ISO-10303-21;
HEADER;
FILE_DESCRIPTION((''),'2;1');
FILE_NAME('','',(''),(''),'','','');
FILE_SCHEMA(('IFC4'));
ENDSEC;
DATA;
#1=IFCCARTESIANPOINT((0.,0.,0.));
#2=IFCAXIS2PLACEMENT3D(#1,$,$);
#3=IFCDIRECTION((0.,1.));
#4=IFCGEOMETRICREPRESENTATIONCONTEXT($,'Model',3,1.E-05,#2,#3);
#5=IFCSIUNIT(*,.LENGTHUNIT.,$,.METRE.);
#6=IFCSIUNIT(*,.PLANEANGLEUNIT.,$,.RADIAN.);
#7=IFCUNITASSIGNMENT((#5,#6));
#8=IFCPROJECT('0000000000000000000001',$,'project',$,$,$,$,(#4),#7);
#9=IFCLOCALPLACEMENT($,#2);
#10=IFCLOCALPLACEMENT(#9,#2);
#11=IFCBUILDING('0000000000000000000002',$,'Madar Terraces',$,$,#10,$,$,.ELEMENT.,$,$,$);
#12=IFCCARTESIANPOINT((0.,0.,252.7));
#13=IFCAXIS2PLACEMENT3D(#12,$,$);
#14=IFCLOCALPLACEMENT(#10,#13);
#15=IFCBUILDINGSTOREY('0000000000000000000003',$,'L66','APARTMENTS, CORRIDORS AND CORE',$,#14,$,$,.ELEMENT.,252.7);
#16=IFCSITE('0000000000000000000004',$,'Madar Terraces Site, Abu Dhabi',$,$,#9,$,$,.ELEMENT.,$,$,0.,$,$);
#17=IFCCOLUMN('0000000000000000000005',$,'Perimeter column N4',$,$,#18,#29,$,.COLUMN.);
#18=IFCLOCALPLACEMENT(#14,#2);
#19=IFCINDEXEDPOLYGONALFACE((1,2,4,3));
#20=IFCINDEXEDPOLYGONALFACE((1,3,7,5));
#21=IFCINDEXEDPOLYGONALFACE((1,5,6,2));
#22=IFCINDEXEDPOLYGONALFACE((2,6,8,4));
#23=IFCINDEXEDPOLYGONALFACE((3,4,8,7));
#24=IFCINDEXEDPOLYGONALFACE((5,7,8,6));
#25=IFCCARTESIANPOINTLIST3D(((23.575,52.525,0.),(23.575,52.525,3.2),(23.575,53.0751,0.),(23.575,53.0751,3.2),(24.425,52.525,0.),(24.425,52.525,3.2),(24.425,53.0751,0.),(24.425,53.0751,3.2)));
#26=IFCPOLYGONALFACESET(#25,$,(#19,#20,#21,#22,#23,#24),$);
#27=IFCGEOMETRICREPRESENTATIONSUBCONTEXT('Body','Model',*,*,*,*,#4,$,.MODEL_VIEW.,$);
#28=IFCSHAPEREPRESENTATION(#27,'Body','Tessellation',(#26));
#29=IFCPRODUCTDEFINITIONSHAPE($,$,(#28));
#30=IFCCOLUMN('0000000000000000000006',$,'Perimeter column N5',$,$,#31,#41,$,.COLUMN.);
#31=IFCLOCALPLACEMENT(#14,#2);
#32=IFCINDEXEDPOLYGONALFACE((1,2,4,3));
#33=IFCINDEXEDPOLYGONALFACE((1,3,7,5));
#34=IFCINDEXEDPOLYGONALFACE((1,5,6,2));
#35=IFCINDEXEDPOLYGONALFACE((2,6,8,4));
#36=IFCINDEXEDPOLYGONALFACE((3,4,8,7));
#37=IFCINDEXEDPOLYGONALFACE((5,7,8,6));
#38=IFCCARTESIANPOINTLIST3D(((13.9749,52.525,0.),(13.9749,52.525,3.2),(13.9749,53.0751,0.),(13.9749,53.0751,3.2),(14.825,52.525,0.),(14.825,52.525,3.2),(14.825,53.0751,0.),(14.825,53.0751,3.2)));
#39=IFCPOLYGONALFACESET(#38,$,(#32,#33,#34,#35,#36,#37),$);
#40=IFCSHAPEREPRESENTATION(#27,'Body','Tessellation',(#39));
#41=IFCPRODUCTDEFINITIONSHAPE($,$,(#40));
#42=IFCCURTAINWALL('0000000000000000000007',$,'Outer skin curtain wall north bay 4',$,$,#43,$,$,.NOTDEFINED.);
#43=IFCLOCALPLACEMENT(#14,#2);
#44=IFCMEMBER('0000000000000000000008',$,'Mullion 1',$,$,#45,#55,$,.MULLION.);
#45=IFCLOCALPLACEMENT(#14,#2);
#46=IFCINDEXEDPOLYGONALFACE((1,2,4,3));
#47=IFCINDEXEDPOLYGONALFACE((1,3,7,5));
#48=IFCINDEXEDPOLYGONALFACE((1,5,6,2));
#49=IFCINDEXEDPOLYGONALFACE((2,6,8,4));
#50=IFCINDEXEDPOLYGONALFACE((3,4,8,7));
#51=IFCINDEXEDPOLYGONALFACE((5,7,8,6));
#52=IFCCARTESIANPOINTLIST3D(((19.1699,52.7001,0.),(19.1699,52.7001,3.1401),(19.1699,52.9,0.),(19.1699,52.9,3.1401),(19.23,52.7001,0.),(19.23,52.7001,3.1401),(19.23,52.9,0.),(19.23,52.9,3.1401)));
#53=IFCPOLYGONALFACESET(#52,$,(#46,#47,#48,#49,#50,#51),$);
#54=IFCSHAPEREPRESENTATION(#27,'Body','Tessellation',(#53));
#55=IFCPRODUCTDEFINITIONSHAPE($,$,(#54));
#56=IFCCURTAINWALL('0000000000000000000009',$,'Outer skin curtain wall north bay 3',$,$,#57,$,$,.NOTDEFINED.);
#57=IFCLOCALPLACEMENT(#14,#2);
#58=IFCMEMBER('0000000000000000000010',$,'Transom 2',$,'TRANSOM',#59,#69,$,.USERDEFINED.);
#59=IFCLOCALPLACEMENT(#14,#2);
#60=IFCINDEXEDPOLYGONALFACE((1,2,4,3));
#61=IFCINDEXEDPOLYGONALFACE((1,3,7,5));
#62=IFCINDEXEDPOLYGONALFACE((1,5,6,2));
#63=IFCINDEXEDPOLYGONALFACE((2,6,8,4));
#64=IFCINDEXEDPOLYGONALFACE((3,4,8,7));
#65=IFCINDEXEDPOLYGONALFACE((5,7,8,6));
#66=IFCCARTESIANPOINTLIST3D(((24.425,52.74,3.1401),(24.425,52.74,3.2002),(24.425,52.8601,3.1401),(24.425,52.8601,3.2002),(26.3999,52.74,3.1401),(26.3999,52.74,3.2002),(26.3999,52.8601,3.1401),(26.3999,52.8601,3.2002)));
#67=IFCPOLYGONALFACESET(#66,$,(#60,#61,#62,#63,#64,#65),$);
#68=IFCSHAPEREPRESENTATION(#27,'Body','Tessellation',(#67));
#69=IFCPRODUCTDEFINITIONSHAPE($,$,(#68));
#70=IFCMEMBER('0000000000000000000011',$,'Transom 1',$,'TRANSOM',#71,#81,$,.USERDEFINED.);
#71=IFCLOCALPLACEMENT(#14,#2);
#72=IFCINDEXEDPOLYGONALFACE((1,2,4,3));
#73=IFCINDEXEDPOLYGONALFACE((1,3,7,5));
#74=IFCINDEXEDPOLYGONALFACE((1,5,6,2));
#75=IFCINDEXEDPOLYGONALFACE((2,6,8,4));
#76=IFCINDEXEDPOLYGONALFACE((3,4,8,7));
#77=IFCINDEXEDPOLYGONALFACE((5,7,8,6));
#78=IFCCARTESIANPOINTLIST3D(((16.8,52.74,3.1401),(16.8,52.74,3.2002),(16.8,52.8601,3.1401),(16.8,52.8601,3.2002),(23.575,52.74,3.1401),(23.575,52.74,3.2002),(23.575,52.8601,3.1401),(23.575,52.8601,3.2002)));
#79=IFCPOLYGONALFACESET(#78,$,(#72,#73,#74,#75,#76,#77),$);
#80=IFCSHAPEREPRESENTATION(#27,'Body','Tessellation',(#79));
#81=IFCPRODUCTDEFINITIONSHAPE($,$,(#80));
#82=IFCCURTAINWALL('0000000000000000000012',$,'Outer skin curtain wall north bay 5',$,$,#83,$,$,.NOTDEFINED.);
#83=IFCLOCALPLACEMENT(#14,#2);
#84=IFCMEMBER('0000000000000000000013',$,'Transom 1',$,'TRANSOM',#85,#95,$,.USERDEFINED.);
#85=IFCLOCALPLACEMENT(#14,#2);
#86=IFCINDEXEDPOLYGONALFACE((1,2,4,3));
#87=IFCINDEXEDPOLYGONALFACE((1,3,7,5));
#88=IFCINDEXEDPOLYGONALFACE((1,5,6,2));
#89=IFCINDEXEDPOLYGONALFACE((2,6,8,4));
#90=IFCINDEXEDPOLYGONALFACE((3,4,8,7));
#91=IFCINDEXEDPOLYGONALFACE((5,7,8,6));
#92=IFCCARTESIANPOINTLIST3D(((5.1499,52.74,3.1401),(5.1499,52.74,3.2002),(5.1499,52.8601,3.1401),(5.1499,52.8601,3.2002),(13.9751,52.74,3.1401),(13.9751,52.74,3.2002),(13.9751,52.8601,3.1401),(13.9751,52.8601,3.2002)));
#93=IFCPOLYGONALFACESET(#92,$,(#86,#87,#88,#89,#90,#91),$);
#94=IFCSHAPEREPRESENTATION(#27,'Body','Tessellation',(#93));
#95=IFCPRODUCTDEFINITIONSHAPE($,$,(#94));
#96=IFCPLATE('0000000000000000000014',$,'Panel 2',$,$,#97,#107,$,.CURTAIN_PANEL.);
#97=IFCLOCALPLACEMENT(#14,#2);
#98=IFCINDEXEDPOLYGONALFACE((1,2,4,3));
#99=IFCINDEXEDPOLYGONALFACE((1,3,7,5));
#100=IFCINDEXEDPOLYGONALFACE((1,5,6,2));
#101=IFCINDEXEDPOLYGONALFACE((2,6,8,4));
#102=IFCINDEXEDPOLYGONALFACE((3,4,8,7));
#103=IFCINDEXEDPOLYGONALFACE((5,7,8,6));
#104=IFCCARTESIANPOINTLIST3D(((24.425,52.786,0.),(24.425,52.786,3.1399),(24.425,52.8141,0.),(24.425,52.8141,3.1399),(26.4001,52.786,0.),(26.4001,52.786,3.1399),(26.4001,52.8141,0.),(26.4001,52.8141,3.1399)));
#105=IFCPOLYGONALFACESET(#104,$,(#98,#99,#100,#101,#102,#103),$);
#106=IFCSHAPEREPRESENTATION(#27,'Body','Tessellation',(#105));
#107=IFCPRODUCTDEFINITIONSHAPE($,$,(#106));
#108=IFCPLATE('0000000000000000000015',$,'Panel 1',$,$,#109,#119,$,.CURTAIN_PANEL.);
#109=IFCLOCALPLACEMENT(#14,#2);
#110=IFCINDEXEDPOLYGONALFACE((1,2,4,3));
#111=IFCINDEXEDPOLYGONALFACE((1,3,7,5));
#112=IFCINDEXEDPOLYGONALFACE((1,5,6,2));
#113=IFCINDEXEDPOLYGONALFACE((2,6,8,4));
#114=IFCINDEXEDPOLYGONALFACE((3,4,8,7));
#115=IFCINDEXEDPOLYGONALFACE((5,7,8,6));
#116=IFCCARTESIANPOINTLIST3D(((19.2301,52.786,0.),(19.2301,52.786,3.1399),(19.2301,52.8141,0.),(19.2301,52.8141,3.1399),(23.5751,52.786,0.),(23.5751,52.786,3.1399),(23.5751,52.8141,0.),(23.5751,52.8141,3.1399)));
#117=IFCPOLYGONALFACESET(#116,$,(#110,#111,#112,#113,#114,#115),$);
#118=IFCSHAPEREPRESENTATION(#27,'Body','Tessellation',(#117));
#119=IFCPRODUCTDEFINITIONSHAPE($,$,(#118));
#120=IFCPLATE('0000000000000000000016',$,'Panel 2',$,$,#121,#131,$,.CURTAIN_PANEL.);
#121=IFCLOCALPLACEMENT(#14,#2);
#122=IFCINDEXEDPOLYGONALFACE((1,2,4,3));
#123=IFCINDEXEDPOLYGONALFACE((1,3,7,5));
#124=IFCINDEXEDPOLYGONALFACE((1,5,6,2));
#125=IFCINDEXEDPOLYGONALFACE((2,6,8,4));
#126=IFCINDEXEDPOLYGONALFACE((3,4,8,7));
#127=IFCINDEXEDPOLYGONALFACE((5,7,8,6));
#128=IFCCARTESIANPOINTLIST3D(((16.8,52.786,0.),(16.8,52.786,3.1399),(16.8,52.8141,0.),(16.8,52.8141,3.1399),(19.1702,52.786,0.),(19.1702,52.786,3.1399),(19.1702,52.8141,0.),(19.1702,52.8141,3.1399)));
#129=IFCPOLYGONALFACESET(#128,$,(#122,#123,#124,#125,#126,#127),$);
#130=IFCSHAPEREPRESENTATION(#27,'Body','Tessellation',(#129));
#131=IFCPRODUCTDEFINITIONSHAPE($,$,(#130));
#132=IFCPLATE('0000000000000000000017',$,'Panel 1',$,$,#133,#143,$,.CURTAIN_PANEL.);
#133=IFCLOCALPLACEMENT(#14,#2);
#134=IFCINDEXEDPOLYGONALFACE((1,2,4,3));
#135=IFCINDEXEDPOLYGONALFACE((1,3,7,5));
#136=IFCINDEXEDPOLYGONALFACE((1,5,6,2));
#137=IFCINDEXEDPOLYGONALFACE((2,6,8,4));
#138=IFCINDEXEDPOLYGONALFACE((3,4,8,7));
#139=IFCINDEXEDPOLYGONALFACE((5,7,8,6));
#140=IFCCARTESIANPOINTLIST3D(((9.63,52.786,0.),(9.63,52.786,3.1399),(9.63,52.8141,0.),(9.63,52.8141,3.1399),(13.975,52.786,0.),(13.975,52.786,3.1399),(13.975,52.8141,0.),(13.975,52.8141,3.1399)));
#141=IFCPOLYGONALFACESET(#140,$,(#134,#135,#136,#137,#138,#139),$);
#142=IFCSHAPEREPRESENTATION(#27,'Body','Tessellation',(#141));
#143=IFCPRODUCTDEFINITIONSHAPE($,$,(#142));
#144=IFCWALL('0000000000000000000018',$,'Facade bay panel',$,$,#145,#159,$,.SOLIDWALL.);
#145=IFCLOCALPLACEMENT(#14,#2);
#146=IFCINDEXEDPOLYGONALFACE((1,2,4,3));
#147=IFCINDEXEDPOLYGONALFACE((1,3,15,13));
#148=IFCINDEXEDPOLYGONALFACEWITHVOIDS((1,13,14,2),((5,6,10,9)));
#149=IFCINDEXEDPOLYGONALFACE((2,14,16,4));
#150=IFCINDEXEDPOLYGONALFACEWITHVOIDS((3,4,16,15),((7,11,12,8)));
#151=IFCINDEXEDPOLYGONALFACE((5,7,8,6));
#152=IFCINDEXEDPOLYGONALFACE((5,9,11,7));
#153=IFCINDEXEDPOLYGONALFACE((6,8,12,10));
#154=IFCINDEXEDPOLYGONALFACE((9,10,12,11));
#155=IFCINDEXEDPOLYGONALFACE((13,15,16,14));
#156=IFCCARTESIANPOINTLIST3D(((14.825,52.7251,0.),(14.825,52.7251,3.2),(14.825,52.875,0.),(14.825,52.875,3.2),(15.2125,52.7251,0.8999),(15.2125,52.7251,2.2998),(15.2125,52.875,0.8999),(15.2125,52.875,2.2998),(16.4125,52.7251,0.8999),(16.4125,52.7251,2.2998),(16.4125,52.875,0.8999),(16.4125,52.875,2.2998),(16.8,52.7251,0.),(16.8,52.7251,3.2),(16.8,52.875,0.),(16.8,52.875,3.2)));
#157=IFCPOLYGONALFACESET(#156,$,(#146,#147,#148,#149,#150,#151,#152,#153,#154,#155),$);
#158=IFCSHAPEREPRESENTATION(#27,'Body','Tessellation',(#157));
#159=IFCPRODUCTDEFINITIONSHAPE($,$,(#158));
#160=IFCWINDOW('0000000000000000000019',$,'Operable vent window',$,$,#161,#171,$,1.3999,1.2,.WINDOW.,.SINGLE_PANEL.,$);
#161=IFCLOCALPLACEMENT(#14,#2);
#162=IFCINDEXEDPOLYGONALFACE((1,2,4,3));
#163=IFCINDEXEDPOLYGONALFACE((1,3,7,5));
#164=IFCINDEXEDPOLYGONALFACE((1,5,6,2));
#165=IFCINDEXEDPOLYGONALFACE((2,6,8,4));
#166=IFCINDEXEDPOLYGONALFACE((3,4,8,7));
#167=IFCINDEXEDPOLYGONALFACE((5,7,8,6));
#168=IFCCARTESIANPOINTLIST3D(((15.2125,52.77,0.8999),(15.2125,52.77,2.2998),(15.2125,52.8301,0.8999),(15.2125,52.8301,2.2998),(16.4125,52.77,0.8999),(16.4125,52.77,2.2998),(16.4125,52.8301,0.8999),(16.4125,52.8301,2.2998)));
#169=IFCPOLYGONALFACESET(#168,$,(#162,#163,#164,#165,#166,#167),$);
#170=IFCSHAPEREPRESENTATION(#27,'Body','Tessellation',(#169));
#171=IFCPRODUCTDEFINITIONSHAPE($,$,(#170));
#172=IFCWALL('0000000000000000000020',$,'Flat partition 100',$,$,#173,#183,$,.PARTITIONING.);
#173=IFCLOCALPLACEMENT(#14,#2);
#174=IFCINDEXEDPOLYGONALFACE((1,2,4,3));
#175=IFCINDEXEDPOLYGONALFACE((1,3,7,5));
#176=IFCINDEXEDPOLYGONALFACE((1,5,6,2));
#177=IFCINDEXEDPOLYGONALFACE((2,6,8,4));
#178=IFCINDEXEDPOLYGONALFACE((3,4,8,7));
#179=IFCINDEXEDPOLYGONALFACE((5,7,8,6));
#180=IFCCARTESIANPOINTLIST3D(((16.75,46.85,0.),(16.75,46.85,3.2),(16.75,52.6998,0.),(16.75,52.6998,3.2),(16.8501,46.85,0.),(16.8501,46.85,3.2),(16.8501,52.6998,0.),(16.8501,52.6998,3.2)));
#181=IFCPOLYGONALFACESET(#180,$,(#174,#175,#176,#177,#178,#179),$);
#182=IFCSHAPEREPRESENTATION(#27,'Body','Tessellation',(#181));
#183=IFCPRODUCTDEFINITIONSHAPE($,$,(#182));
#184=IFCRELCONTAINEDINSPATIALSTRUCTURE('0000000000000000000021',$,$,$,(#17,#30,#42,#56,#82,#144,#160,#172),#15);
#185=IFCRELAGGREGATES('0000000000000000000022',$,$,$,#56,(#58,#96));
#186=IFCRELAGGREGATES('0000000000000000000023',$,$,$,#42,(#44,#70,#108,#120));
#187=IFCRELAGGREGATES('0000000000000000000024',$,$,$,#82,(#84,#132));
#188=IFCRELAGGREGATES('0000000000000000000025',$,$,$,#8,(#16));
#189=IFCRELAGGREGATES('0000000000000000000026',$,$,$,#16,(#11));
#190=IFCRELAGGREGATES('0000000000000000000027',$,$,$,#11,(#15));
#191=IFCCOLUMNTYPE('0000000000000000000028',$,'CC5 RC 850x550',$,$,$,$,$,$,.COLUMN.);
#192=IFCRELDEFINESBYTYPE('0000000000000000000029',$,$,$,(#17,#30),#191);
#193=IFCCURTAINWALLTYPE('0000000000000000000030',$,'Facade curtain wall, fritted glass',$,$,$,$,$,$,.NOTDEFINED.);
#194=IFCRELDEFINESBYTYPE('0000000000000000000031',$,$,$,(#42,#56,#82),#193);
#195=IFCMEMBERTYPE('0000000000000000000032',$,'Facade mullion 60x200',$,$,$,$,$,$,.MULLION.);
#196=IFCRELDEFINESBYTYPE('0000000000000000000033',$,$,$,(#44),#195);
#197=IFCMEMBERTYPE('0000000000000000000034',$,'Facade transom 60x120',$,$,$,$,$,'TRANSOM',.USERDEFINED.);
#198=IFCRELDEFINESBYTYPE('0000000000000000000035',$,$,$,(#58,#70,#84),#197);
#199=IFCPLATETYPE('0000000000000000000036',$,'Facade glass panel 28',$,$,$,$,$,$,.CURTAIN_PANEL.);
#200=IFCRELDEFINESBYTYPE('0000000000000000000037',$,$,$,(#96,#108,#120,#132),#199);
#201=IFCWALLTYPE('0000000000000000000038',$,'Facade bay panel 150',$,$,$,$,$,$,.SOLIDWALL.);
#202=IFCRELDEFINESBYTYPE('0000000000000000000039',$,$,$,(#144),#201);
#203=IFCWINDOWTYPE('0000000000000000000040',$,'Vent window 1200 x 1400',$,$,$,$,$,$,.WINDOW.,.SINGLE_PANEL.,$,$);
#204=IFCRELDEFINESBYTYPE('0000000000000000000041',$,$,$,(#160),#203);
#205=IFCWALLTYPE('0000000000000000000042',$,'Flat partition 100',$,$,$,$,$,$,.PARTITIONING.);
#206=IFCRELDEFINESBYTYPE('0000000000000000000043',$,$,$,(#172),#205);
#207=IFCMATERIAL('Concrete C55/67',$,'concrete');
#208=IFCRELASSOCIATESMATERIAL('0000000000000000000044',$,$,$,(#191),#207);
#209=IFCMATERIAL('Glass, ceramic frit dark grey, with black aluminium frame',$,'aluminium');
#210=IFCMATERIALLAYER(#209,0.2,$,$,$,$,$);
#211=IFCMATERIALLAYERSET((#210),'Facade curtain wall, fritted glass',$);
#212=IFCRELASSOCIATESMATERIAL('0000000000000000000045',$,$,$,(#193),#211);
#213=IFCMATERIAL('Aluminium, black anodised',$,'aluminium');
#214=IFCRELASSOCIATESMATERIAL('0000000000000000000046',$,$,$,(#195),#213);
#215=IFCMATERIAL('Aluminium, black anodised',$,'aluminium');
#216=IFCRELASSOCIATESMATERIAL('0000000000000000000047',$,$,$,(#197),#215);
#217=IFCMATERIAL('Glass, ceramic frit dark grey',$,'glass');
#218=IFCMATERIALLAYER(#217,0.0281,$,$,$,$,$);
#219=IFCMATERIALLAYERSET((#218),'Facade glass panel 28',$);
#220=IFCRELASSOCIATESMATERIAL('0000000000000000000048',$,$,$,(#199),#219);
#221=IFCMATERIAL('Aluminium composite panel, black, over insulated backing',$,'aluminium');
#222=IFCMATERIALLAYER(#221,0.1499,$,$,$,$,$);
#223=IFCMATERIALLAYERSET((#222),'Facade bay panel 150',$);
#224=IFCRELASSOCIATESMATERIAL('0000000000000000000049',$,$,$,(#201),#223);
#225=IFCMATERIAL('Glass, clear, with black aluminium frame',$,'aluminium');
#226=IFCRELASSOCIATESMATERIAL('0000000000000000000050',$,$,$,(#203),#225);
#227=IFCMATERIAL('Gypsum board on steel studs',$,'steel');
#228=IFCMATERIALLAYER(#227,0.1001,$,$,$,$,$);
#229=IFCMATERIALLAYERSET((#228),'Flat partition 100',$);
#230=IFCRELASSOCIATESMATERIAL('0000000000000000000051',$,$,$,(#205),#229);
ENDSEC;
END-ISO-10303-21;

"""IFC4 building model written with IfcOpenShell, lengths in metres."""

from ifc_helpers import new_model, si_unit, direction, frame, frame_2d, origin, origin_2d, place, context, subcontext, project, spatial, rectangle, extrude, material, layer, layer_set, material_profile, profile_set, type_object, element, fill, aggregate, save


model = new_model("IFC4")

# Units and contexts
model_context = context("Model", 3, precision=1e-05, world=origin(), true_north=direction((0.0, 1.0)))
body_context = subcontext(model_context, "Body", "Model", "MODEL_VIEW")
ifc_project = project(units=[si_unit("LENGTHUNIT", "METRE"), si_unit("PLANEANGLEUNIT", "RADIAN")], contexts=[model_context])

# Site, building, storey
site_placement = place(None, origin())
site = spatial("IfcSite", under=ifc_project, at=site_placement, Name="Madar Terraces Site, Abu Dhabi", CompositionType="ELEMENT", RefElevation=0.0)
building_placement = place(site_placement, origin())
building = spatial("IfcBuilding", under=site, at=building_placement, Name="Madar Terraces", CompositionType="ELEMENT")
storey_placement = place(building_placement, frame((0.0, 0.0, 252.7)))
storey = spatial("IfcBuildingStorey", under=building, at=storey_placement, Name="L66", Description="APARTMENTS, CORRIDORS AND CORE", CompositionType="ELEMENT", Elevation=252.7)

# Columns
ifc_material_1 = material(Name="Concrete C55/67", Category="concrete")
ifc_material_profile_1 = material_profile(ifc_material_1, rectangle(XDim=0.8501, YDim=0.55, at=origin_2d()), Name="CC5 RC 850x550")
ifc_profile_set_1 = profile_set([ifc_material_profile_1], Name="Concrete C55/67")
column_type = type_object("IfcColumnType", Name="CC5 RC 850x550", PredefinedType="COLUMN", material=ifc_profile_set_1)
for number, where, z_axis, x_axis, name in (
    (1, (24.0, 52.8, 0.0), (0.0, 0.0, 1.0), (1.0, 0.0, 0.0), "Perimeter column N4"),
    (2, (14.3999, 52.8, 0.0), (0.0, 0.0, 1.0), (1.0, 0.0, 0.0), "Perimeter column N5"),
):
    element("IfcColumn", number, at=place(storey_placement, frame(where, z_axis=z_axis, x_axis=x_axis)), inside=storey, type_object=column_type, Name=name, PredefinedType="COLUMN", context=body_context, shape_type="SweptSolid", body=[
        extrude(rectangle(XDim=0.8501, YDim=0.55, at=origin_2d()), origin(), (0.0, 0.0, 1.0), 3.2),
    ])

# Curtain walls, members
ifc_material_2 = material(Name="Glass, ceramic frit dark grey, with black aluminium frame", Category="aluminium")
ifc_layer_1 = layer(ifc_material_2, 0.2)
ifc_layer_set_1 = layer_set([ifc_layer_1], Name="Facade curtain wall, fritted glass")
curtain_wall_type = type_object("IfcCurtainWallType", Name="Facade curtain wall, fritted glass", PredefinedType="NOTDEFINED", material=ifc_layer_set_1)
curtain_wall_1_placement = place(storey_placement, origin())
curtain_wall_1 = element("IfcCurtainWall", 3, at=curtain_wall_1_placement, inside=storey, type_object=curtain_wall_type, Name="Outer skin curtain wall north bay 4", PredefinedType="NOTDEFINED")
ifc_material_3 = material(Name="Aluminium, black anodised", Category="aluminium")
ifc_material_profile_2 = material_profile(ifc_material_3, rectangle(XDim=0.2, YDim=0.0601, at=origin_2d()), Name="Facade mullion 60x200")
ifc_profile_set_2 = profile_set([ifc_material_profile_2], Name="Aluminium, black anodised")
member_type_1 = type_object("IfcMemberType", Name="Facade mullion 60x200", PredefinedType="MULLION", material=ifc_profile_set_2)
member_1_placement = place(storey_placement, frame((19.2, 52.8, 0.0), z_axis=(0.0, 0.0, 1.0), x_axis=(0.0, -1.0, 0.0)))
member_1 = element("IfcMember", 4, at=member_1_placement, type_object=member_type_1, Name="Mullion 1", PredefinedType="MULLION", context=body_context, shape_type="SweptSolid", body=[
    extrude(rectangle(XDim=0.2, YDim=0.0601, at=origin_2d()), origin(), (0.0, 0.0, 1.0), 3.1401),
])
curtain_wall_2_placement = place(storey_placement, origin())
curtain_wall_2 = element("IfcCurtainWall", 5, at=curtain_wall_2_placement, inside=storey, type_object=curtain_wall_type, Name="Outer skin curtain wall north bay 3", PredefinedType="NOTDEFINED")
ifc_material_4 = material(Name="Aluminium, black anodised", Category="aluminium")
ifc_material_profile_3 = material_profile(ifc_material_4, rectangle(XDim=0.1201, YDim=0.0601, at=origin_2d()), Name="Facade transom 60x120")
ifc_profile_set_3 = profile_set([ifc_material_profile_3], Name="Aluminium, black anodised")
member_type_2 = type_object("IfcMemberType", Name="Facade transom 60x120", ElementType="TRANSOM", PredefinedType="USERDEFINED", material=ifc_profile_set_3)
member_2_placement = place(storey_placement, frame((26.3999, 52.8, 3.1702), z_axis=(-1.0, 0.0, 0.0), x_axis=(0.0, -1.0, 0.0)))
member_2 = element("IfcMember", 6, at=member_2_placement, type_object=member_type_2, Name="Transom 2", ObjectType="TRANSOM", PredefinedType="USERDEFINED", context=body_context, shape_type="SweptSolid", body=[
    extrude(rectangle(XDim=0.1201, YDim=0.0601, at=origin_2d()), origin(), (0.0, 0.0, 1.0), 1.9749),
])

# Member
member_3_placement = place(storey_placement, frame((23.575, 52.8, 3.1702), z_axis=(-1.0, 0.0, 0.0), x_axis=(0.0, -1.0, 0.0)))
member_3 = element("IfcMember", 7, at=member_3_placement, type_object=member_type_2, Name="Transom 1", ObjectType="TRANSOM", PredefinedType="USERDEFINED", context=body_context, shape_type="SweptSolid", body=[
    extrude(rectangle(XDim=0.1201, YDim=0.0601, at=origin_2d()), origin(), (0.0, 0.0, 1.0), 6.7749),
])

# Curtain wall, member
curtain_wall_3_placement = place(storey_placement, origin())
curtain_wall_3 = element("IfcCurtainWall", 8, at=curtain_wall_3_placement, inside=storey, type_object=curtain_wall_type, Name="Outer skin curtain wall north bay 5", PredefinedType="NOTDEFINED")
member_4_placement = place(storey_placement, frame((13.9751, 52.8, 3.1702), z_axis=(-1.0, 0.0, 0.0), x_axis=(0.0, -1.0, 0.0)))
member_4 = element("IfcMember", 9, at=member_4_placement, type_object=member_type_2, Name="Transom 1", ObjectType="TRANSOM", PredefinedType="USERDEFINED", context=body_context, shape_type="SweptSolid", body=[
    extrude(rectangle(XDim=0.1201, YDim=0.0601, at=origin_2d()), origin(), (0.0, 0.0, 1.0), 8.8252),
])

# Plates
ifc_material_5 = material(Name="Glass, ceramic frit dark grey", Category="glass")
ifc_layer_2 = layer(ifc_material_5, 0.0281)
ifc_layer_set_2 = layer_set([ifc_layer_2], Name="Facade glass panel 28")
plate_type = type_object("IfcPlateType", Name="Facade glass panel 28", PredefinedType="CURTAIN_PANEL", material=ifc_layer_set_2)
plate_1_placement = place(storey_placement, frame((25.4126, 52.8, 0.0), z_axis=(0.0, 0.0, 1.0), x_axis=(-1.0, 0.0, 0.0)))
plate_1 = element("IfcPlate", 10, at=plate_1_placement, type_object=plate_type, Name="Panel 2", PredefinedType="CURTAIN_PANEL", context=body_context, shape_type="SweptSolid", body=[
    extrude(rectangle(XDim=1.9751, YDim=0.0281, at=origin_2d()), origin(), (0.0, 0.0, 1.0), 3.1399),
])
aggregate(curtain_wall_2, [member_2, plate_1])
plate_2_placement = place(storey_placement, frame((21.4026, 52.8, 0.0), z_axis=(0.0, 0.0, 1.0), x_axis=(-1.0, 0.0, 0.0)))
plate_2 = element("IfcPlate", 11, at=plate_2_placement, type_object=plate_type, Name="Panel 1", PredefinedType="CURTAIN_PANEL", context=body_context, shape_type="SweptSolid", body=[
    extrude(rectangle(XDim=4.345, YDim=0.0281, at=origin_2d()), origin(), (0.0, 0.0, 1.0), 3.1399),
])
plate_3_placement = place(storey_placement, frame((17.9851, 52.8, 0.0), z_axis=(0.0, 0.0, 1.0), x_axis=(-1.0, 0.0, 0.0)))
plate_3 = element("IfcPlate", 12, at=plate_3_placement, type_object=plate_type, Name="Panel 2", PredefinedType="CURTAIN_PANEL", context=body_context, shape_type="SweptSolid", body=[
    extrude(rectangle(XDim=2.3701, YDim=0.0281, at=origin_2d()), origin(), (0.0, 0.0, 1.0), 3.1399),
])
aggregate(curtain_wall_1, [member_1, member_3, plate_2, plate_3])
plate_4_placement = place(storey_placement, frame((11.8025, 52.8, 0.0), z_axis=(0.0, 0.0, 1.0), x_axis=(-1.0, 0.0, 0.0)))
plate_4 = element("IfcPlate", 13, at=plate_4_placement, type_object=plate_type, Name="Panel 1", PredefinedType="CURTAIN_PANEL", context=body_context, shape_type="SweptSolid", body=[
    extrude(rectangle(XDim=4.345, YDim=0.0281, at=origin_2d()), origin(), (0.0, 0.0, 1.0), 3.1399),
])
aggregate(curtain_wall_3, [member_4, plate_4])

# Shared definitions
ifc_material_6 = material(Name="Aluminium composite panel, black, over insulated backing", Category="aluminium")
ifc_layer_3 = layer(ifc_material_6, 0.1499)
ifc_layer_set_3 = layer_set([ifc_layer_3], Name="Facade bay panel 150")
wall_type_1 = type_object("IfcWallType", Name="Facade bay panel 150", PredefinedType="SOLIDWALL", material=ifc_layer_set_3)

# Wall, opening, window
wall_1_placement = place(storey_placement, frame((16.8, 52.8, 0.0), z_axis=(0.0, 0.0, 1.0), x_axis=(-1.0, 0.0, 0.0)))
wall_1 = element("IfcWall", 14, at=wall_1_placement, inside=storey, type_object=wall_type_1, Name="Facade bay panel", PredefinedType="SOLIDWALL", context=body_context, shape_type="SweptSolid", body=[
    extrude(rectangle(XDim=1.9751, YDim=0.1499, at=frame_2d((0.9875, 0.0))), origin(), (0.0, 0.0, 1.0), 3.2),
])
opening_1_placement = place(wall_1_placement, frame((0.3875, 0.0, 0.8999)))
opening_1 = element("IfcOpeningElement", 15, at=opening_1_placement, cuts=wall_1, PredefinedType="OPENING", context=body_context, shape_type="SweptSolid", body=[
    extrude(rectangle(XDim=1.2, YDim=1.3999, at=frame_2d((0.6001, 0.7))), frame((0.0, 0.085, 0.0), z_axis=(0.0, -1.0, 0.0), x_axis=(1.0, 0.0, 0.0)), (0.0, 0.0, 1.0), 0.1699),
])
ifc_material_7 = material(Name="Glass, clear, with black aluminium frame", Category="aluminium")
window_type = type_object("IfcWindowType", Name="Vent window 1200 x 1400", PartitioningType="SINGLE_PANEL", PredefinedType="WINDOW", material=ifc_material_7)
window_placement = place(opening_1_placement, origin())
window = element("IfcWindow", 16, at=window_placement, inside=storey, type_object=window_type, Name="Operable vent window", OverallHeight=1.3999, OverallWidth=1.2, PartitioningType="SINGLE_PANEL", PredefinedType="WINDOW", context=body_context, shape_type="SweptSolid", body=[
    extrude(rectangle(XDim=1.2, YDim=1.3999, at=frame_2d((0.6001, 0.7))), frame((0.0, 0.03, 0.0), z_axis=(0.0, -1.0, 0.0), x_axis=(1.0, 0.0, 0.0)), (0.0, 0.0, 1.0), 0.0601),
])
fill(opening_1, window)

# Wall
ifc_material_8 = material(Name="Gypsum board on steel studs", Category="steel")
ifc_layer_4 = layer(ifc_material_8, 0.1001)
ifc_layer_set_4 = layer_set([ifc_layer_4], Name="Flat partition 100")
wall_type_2 = type_object("IfcWallType", Name="Flat partition 100", PredefinedType="PARTITIONING", material=ifc_layer_set_4)
for number, where, z_axis, x_axis, name in (
    (17, (16.8, 46.8501, 0.0), (0.0, 0.0, 1.0), (0.0, 1.0, 0.0), "Flat partition 100"),
):
    element("IfcWall", number, at=place(storey_placement, frame(where, z_axis=z_axis, x_axis=x_axis)), inside=storey, type_object=wall_type_2, Name=name, PredefinedType="PARTITIONING", context=body_context, shape_type="SweptSolid", body=[
        extrude(rectangle(XDim=5.8499, YDim=0.1001, at=frame_2d((2.9248, 0.0))), origin(), (0.0, 0.0, 1.0), 3.2),
    ])

save(model, "model.ifc")
